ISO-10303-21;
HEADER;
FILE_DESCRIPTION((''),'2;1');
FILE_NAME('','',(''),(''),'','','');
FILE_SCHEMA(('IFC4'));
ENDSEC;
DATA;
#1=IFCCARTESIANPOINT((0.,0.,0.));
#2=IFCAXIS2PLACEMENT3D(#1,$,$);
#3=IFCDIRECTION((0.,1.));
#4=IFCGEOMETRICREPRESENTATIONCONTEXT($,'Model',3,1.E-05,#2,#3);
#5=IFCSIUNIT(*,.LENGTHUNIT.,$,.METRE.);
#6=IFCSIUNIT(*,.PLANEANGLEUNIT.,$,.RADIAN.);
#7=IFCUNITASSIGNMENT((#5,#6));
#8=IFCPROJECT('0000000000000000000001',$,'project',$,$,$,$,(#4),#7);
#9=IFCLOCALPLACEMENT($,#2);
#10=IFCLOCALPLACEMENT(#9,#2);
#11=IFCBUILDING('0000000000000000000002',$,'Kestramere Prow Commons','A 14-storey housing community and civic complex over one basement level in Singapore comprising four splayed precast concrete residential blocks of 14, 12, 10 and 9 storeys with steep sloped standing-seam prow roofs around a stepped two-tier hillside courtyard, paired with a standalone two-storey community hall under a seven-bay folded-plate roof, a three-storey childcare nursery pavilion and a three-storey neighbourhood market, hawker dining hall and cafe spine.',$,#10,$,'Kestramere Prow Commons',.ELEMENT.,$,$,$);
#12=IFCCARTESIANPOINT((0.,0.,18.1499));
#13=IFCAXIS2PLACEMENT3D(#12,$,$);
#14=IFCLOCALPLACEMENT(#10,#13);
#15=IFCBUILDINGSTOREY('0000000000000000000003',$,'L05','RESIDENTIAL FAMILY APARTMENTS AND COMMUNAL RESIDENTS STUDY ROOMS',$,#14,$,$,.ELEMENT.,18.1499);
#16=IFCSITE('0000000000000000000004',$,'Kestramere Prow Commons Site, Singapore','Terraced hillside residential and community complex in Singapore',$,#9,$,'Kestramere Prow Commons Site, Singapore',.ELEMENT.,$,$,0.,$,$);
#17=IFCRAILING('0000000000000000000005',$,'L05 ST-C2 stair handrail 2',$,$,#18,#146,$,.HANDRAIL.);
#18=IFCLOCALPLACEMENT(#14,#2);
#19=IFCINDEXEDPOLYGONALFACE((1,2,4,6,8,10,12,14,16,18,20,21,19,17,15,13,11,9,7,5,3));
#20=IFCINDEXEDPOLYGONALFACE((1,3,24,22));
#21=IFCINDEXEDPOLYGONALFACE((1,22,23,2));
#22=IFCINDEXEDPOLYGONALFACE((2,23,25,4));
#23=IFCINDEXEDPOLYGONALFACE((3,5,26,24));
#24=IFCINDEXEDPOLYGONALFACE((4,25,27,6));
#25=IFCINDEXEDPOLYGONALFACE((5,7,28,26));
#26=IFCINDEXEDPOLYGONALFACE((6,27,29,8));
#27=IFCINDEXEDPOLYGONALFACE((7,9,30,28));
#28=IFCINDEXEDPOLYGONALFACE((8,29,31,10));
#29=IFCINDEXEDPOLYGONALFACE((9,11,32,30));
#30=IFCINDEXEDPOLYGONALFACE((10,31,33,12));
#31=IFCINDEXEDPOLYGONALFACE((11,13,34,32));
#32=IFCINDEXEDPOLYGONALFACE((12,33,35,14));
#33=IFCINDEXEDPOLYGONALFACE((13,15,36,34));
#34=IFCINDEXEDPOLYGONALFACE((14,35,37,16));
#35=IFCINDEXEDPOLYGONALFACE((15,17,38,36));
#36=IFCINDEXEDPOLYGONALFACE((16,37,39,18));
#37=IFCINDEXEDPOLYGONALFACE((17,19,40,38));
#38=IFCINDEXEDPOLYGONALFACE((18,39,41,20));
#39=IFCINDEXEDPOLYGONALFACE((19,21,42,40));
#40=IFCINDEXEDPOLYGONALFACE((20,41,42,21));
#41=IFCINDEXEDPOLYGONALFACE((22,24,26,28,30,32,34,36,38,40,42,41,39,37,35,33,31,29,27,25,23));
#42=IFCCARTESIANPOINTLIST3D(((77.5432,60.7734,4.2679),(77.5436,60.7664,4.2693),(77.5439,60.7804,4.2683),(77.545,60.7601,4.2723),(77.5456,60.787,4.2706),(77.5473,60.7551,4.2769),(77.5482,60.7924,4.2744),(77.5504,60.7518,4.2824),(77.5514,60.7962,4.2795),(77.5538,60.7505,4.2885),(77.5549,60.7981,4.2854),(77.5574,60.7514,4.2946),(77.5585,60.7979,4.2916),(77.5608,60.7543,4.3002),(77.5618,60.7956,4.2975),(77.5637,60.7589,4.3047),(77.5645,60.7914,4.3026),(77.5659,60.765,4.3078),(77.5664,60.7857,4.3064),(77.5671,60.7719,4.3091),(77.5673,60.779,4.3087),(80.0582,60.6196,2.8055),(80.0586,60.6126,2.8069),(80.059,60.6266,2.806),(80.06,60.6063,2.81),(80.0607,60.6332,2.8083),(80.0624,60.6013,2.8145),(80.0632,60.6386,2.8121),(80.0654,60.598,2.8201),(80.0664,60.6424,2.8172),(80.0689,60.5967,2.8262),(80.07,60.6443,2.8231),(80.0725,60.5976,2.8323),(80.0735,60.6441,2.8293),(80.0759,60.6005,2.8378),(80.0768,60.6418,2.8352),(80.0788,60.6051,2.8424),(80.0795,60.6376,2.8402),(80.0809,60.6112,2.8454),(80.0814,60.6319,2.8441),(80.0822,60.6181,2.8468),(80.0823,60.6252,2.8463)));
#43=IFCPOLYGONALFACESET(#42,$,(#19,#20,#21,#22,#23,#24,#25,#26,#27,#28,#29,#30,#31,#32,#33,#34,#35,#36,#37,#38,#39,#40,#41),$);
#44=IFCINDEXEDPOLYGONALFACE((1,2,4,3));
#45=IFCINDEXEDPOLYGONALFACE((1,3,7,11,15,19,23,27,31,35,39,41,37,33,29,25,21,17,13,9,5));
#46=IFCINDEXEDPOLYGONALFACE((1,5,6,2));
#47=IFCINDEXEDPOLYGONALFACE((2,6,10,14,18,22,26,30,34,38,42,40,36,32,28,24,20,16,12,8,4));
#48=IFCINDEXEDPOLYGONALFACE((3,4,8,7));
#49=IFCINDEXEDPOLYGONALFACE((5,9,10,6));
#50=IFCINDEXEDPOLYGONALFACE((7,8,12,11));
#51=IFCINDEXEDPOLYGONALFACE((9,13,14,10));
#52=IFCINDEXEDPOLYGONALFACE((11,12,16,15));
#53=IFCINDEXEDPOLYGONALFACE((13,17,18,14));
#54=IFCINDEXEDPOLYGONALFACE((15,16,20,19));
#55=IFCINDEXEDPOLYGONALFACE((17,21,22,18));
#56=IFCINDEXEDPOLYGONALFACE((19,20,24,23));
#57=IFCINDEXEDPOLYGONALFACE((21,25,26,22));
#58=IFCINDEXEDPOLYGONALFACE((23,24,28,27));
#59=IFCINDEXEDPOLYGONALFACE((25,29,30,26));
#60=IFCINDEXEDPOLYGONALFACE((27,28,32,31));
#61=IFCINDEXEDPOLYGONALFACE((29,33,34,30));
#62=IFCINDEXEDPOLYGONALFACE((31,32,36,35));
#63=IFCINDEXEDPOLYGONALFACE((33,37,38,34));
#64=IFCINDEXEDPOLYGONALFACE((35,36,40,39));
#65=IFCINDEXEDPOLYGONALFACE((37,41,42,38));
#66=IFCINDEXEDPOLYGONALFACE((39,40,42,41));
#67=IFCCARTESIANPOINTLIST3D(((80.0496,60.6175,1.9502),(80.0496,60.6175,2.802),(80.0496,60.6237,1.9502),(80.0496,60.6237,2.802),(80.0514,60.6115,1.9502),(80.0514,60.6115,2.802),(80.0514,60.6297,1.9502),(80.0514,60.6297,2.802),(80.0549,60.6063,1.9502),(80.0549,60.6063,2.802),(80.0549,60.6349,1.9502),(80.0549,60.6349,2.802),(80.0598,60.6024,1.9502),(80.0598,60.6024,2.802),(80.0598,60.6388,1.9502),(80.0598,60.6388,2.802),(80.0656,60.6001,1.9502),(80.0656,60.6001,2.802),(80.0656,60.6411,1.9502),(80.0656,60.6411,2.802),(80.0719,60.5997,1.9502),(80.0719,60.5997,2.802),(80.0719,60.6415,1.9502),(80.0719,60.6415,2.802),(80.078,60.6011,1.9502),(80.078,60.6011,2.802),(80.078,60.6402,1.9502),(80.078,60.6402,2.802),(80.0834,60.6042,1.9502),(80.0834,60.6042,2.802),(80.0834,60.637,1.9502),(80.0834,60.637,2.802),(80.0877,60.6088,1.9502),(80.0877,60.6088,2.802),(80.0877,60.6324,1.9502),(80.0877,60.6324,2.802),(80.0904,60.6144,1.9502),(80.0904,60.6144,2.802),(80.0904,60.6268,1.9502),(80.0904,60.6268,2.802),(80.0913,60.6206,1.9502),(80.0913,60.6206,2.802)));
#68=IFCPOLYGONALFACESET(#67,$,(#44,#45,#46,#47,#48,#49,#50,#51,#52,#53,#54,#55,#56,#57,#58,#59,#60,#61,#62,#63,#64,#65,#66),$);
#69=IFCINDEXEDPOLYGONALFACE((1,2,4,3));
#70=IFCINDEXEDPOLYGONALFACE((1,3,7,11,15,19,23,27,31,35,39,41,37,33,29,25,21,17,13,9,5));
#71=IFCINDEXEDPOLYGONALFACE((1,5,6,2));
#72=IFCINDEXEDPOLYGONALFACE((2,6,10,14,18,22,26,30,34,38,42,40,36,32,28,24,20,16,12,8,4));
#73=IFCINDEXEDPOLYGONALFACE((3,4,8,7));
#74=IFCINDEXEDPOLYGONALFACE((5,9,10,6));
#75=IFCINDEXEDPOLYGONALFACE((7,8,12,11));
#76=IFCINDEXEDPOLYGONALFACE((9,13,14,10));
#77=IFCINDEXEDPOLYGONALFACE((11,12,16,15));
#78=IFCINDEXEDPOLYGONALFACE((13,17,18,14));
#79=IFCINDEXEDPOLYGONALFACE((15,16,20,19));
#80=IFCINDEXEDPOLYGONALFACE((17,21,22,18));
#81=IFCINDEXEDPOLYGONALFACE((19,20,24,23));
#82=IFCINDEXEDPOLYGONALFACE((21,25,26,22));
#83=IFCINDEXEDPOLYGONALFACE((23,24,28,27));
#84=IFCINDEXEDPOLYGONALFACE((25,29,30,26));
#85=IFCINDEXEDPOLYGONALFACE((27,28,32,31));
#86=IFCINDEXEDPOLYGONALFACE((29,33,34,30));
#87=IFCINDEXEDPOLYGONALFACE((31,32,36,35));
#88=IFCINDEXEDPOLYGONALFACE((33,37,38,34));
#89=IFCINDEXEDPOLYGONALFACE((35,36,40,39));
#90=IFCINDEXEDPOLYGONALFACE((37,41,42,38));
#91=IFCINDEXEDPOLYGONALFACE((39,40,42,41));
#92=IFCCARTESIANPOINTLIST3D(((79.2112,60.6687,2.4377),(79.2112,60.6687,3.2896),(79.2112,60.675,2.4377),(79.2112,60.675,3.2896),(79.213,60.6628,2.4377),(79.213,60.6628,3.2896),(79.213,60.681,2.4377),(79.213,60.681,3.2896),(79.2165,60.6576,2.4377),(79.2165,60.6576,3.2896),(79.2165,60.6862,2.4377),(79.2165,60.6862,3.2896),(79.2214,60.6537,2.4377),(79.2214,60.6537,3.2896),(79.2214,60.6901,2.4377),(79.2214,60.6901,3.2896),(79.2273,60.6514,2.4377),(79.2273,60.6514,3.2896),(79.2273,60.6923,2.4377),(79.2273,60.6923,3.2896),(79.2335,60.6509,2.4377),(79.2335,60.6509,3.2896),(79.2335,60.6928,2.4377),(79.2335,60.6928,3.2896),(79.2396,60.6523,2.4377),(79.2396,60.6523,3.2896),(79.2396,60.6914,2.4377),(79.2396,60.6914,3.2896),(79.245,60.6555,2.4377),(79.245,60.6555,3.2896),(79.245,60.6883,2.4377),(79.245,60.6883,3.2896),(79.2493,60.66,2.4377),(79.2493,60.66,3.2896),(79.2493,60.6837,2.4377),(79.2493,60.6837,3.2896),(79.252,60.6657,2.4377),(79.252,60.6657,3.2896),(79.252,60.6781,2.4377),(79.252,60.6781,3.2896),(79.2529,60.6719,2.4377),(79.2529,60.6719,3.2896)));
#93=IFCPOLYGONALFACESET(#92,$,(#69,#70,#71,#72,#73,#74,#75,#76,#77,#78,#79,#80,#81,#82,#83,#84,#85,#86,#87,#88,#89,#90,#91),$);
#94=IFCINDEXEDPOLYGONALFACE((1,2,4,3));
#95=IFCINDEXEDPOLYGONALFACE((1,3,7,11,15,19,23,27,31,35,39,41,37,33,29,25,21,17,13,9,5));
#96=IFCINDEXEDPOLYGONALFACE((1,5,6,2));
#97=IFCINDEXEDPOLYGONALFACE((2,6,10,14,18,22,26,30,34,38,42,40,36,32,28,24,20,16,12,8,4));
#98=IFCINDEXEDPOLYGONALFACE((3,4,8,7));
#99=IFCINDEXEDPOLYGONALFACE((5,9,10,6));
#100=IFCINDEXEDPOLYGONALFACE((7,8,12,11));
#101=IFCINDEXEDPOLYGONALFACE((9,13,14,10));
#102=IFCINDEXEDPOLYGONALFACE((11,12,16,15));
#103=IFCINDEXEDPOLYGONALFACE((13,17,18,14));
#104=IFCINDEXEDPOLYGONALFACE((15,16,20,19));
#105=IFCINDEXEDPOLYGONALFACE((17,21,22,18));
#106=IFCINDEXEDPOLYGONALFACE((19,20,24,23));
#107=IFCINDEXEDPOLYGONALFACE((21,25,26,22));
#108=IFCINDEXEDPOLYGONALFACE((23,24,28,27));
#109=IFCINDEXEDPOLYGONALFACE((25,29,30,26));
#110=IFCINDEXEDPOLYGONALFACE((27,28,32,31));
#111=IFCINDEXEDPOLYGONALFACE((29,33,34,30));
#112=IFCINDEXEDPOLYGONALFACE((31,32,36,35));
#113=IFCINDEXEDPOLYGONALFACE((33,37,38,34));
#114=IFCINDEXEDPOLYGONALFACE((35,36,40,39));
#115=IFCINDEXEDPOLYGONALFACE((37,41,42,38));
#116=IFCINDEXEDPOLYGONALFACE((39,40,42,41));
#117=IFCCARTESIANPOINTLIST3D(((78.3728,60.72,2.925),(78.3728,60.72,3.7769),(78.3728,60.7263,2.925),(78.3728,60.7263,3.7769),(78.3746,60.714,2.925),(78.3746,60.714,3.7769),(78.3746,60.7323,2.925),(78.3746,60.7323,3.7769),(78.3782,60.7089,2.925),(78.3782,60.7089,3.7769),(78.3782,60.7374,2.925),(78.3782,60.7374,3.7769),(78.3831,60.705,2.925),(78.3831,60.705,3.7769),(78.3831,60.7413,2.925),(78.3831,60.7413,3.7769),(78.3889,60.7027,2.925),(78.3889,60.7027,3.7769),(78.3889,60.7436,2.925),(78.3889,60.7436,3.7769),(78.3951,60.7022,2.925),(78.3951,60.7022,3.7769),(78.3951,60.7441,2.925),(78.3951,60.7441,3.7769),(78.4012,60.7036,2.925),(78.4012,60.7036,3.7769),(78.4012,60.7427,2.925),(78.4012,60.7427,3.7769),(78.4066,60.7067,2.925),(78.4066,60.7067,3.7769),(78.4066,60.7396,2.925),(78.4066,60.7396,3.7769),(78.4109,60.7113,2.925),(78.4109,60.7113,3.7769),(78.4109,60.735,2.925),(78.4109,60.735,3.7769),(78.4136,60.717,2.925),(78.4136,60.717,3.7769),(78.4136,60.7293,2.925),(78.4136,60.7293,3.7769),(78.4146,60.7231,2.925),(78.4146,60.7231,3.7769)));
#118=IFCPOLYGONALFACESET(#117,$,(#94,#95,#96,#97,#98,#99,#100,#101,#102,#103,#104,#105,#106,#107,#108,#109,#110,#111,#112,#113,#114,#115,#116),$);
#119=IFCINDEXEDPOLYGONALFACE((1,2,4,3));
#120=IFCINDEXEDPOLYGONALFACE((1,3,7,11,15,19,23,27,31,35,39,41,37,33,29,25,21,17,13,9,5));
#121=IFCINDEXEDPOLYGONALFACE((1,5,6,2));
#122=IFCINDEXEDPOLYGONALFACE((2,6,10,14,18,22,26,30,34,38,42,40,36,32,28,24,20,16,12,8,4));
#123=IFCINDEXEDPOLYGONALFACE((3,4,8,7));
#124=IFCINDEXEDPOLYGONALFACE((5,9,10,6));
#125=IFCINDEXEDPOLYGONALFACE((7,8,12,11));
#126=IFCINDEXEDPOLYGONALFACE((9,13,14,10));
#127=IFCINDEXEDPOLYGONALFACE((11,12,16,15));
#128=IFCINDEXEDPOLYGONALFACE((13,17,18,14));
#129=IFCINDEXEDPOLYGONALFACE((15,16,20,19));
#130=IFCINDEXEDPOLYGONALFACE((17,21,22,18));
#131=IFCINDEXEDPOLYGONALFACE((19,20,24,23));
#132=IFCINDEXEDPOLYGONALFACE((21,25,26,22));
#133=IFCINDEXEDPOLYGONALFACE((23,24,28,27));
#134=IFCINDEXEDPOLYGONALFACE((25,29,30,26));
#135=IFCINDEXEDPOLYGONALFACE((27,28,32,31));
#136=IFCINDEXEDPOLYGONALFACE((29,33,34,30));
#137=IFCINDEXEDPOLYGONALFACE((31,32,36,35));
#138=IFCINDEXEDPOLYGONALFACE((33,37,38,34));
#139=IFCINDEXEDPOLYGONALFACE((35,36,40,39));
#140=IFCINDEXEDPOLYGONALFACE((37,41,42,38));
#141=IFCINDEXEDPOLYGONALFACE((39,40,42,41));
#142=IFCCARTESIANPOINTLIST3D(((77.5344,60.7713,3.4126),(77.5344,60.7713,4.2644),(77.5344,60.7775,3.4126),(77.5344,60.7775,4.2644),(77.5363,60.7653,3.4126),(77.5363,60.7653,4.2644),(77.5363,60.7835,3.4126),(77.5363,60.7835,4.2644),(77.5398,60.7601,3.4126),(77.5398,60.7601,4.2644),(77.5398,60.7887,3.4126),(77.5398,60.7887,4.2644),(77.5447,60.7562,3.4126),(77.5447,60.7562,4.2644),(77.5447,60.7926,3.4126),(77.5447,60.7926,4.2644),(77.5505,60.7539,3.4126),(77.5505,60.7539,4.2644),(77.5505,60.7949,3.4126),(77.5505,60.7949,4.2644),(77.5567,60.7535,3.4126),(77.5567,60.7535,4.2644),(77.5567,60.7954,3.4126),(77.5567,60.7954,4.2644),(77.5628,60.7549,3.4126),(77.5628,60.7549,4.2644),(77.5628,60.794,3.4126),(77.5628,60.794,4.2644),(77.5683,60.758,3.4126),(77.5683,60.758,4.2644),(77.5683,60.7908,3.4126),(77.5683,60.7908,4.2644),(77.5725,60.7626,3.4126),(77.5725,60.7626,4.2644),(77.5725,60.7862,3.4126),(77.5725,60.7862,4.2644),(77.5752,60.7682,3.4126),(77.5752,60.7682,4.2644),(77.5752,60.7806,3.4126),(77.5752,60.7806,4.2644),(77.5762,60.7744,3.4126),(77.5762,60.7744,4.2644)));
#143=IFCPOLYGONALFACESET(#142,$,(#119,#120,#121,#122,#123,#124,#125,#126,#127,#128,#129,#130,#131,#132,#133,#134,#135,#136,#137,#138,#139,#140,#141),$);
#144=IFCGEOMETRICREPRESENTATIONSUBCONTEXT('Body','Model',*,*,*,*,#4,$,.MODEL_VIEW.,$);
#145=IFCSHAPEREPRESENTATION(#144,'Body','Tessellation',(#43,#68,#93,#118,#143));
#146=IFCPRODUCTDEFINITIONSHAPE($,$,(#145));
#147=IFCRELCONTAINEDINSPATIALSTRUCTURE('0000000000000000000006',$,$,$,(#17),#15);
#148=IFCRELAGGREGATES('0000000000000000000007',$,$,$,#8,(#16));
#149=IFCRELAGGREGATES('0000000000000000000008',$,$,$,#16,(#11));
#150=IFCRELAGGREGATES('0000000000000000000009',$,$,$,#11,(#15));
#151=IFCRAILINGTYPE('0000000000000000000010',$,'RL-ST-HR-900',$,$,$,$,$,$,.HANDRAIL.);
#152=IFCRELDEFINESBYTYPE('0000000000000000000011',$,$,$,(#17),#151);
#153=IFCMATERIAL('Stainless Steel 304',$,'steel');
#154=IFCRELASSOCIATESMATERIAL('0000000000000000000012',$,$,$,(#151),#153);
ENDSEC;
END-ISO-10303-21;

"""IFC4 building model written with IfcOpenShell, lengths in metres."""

from ifc_helpers import new_model, si_unit, direction, frame, origin, origin_2d, place, context, subcontext, project, spatial, circle, extrude, material, type_object, element, save


model = new_model("IFC4")

# Units and contexts
model_context = context("Model", 3, precision=1e-05, world=origin(), true_north=direction((0.0, 1.0)))
body_context = subcontext(model_context, "Body", "Model", "MODEL_VIEW")
ifc_project = project(units=[si_unit("LENGTHUNIT", "METRE"), si_unit("PLANEANGLEUNIT", "RADIAN")], contexts=[model_context])

# Site, building, storey
site_placement = place(None, origin())
site = spatial("IfcSite", under=ifc_project, at=site_placement, Name="Kestramere Prow Commons Site, Singapore", Description="Terraced hillside residential and community complex in Singapore", LongName="Kestramere Prow Commons Site, Singapore", CompositionType="ELEMENT", RefElevation=0.0)
building_placement = place(site_placement, origin())
building = spatial("IfcBuilding", under=site, at=building_placement, Name="Kestramere Prow Commons", Description="A 14-storey housing community and civic complex over one basement level in Singapore comprising four splayed precast concrete residential blocks of 14, 12, 10 and 9 storeys with steep sloped standing-seam prow roofs around a stepped two-tier hillside courtyard, paired with a standalone two-storey community hall under a seven-bay folded-plate roof, a three-storey childcare nursery pavilion and a three-storey neighbourhood market, hawker dining hall and cafe spine.", LongName="Kestramere Prow Commons", CompositionType="ELEMENT")
storey_placement = place(building_placement, frame((0.0, 0.0, 18.1499)))
storey = spatial("IfcBuildingStorey", under=building, at=storey_placement, Name="L05", Description="RESIDENTIAL FAMILY APARTMENTS AND COMMUNAL RESIDENTS STUDY ROOMS", CompositionType="ELEMENT", Elevation=18.1499)

# Railing
ifc_material_1 = material(Name="Stainless Steel 304", Category="steel")
railing_type_1 = type_object("IfcRailingType", Name="RL-ST-HR-900", PredefinedType="HANDRAIL", material=ifc_material_1)
railing_1_placement = place(storey_placement, frame((80.0703, 60.6206, 1.9502)))
element("IfcRailing", 1, at=railing_1_placement, inside=storey, type_object=railing_type_1, Name="L05 ST-C2 stair handrail 2", PredefinedType="HANDRAIL", context=body_context, shape_type="SweptSolid", body=[
    extrude(circle(Radius=0.0239, at=origin_2d()), frame((0.0, 0.0, 0.876), z_axis=(-0.863285, 0.052793, 0.501949), x_axis=(-0.061039, -0.998135, 0.0)), (0.0, 0.0, 1.0), 2.9133),
    extrude(circle(Radius=0.021, at=origin_2d()), origin(), (0.0, 0.0, 1.0), 0.8518),
    extrude(circle(Radius=0.021, at=origin_2d()), frame((-0.8384, 0.0513, 0.4875)), (0.0, 0.0, 1.0), 0.8518),
    extrude(circle(Radius=0.021, at=origin_2d()), frame((-1.6768, 0.1025, 0.9749)), (0.0, 0.0, 1.0), 0.8518),
    extrude(circle(Radius=0.021, at=origin_2d()), frame((-2.5151, 0.1538, 1.4624)), (0.0, 0.0, 1.0), 0.8518),
])

save(model, "model.ifc")
